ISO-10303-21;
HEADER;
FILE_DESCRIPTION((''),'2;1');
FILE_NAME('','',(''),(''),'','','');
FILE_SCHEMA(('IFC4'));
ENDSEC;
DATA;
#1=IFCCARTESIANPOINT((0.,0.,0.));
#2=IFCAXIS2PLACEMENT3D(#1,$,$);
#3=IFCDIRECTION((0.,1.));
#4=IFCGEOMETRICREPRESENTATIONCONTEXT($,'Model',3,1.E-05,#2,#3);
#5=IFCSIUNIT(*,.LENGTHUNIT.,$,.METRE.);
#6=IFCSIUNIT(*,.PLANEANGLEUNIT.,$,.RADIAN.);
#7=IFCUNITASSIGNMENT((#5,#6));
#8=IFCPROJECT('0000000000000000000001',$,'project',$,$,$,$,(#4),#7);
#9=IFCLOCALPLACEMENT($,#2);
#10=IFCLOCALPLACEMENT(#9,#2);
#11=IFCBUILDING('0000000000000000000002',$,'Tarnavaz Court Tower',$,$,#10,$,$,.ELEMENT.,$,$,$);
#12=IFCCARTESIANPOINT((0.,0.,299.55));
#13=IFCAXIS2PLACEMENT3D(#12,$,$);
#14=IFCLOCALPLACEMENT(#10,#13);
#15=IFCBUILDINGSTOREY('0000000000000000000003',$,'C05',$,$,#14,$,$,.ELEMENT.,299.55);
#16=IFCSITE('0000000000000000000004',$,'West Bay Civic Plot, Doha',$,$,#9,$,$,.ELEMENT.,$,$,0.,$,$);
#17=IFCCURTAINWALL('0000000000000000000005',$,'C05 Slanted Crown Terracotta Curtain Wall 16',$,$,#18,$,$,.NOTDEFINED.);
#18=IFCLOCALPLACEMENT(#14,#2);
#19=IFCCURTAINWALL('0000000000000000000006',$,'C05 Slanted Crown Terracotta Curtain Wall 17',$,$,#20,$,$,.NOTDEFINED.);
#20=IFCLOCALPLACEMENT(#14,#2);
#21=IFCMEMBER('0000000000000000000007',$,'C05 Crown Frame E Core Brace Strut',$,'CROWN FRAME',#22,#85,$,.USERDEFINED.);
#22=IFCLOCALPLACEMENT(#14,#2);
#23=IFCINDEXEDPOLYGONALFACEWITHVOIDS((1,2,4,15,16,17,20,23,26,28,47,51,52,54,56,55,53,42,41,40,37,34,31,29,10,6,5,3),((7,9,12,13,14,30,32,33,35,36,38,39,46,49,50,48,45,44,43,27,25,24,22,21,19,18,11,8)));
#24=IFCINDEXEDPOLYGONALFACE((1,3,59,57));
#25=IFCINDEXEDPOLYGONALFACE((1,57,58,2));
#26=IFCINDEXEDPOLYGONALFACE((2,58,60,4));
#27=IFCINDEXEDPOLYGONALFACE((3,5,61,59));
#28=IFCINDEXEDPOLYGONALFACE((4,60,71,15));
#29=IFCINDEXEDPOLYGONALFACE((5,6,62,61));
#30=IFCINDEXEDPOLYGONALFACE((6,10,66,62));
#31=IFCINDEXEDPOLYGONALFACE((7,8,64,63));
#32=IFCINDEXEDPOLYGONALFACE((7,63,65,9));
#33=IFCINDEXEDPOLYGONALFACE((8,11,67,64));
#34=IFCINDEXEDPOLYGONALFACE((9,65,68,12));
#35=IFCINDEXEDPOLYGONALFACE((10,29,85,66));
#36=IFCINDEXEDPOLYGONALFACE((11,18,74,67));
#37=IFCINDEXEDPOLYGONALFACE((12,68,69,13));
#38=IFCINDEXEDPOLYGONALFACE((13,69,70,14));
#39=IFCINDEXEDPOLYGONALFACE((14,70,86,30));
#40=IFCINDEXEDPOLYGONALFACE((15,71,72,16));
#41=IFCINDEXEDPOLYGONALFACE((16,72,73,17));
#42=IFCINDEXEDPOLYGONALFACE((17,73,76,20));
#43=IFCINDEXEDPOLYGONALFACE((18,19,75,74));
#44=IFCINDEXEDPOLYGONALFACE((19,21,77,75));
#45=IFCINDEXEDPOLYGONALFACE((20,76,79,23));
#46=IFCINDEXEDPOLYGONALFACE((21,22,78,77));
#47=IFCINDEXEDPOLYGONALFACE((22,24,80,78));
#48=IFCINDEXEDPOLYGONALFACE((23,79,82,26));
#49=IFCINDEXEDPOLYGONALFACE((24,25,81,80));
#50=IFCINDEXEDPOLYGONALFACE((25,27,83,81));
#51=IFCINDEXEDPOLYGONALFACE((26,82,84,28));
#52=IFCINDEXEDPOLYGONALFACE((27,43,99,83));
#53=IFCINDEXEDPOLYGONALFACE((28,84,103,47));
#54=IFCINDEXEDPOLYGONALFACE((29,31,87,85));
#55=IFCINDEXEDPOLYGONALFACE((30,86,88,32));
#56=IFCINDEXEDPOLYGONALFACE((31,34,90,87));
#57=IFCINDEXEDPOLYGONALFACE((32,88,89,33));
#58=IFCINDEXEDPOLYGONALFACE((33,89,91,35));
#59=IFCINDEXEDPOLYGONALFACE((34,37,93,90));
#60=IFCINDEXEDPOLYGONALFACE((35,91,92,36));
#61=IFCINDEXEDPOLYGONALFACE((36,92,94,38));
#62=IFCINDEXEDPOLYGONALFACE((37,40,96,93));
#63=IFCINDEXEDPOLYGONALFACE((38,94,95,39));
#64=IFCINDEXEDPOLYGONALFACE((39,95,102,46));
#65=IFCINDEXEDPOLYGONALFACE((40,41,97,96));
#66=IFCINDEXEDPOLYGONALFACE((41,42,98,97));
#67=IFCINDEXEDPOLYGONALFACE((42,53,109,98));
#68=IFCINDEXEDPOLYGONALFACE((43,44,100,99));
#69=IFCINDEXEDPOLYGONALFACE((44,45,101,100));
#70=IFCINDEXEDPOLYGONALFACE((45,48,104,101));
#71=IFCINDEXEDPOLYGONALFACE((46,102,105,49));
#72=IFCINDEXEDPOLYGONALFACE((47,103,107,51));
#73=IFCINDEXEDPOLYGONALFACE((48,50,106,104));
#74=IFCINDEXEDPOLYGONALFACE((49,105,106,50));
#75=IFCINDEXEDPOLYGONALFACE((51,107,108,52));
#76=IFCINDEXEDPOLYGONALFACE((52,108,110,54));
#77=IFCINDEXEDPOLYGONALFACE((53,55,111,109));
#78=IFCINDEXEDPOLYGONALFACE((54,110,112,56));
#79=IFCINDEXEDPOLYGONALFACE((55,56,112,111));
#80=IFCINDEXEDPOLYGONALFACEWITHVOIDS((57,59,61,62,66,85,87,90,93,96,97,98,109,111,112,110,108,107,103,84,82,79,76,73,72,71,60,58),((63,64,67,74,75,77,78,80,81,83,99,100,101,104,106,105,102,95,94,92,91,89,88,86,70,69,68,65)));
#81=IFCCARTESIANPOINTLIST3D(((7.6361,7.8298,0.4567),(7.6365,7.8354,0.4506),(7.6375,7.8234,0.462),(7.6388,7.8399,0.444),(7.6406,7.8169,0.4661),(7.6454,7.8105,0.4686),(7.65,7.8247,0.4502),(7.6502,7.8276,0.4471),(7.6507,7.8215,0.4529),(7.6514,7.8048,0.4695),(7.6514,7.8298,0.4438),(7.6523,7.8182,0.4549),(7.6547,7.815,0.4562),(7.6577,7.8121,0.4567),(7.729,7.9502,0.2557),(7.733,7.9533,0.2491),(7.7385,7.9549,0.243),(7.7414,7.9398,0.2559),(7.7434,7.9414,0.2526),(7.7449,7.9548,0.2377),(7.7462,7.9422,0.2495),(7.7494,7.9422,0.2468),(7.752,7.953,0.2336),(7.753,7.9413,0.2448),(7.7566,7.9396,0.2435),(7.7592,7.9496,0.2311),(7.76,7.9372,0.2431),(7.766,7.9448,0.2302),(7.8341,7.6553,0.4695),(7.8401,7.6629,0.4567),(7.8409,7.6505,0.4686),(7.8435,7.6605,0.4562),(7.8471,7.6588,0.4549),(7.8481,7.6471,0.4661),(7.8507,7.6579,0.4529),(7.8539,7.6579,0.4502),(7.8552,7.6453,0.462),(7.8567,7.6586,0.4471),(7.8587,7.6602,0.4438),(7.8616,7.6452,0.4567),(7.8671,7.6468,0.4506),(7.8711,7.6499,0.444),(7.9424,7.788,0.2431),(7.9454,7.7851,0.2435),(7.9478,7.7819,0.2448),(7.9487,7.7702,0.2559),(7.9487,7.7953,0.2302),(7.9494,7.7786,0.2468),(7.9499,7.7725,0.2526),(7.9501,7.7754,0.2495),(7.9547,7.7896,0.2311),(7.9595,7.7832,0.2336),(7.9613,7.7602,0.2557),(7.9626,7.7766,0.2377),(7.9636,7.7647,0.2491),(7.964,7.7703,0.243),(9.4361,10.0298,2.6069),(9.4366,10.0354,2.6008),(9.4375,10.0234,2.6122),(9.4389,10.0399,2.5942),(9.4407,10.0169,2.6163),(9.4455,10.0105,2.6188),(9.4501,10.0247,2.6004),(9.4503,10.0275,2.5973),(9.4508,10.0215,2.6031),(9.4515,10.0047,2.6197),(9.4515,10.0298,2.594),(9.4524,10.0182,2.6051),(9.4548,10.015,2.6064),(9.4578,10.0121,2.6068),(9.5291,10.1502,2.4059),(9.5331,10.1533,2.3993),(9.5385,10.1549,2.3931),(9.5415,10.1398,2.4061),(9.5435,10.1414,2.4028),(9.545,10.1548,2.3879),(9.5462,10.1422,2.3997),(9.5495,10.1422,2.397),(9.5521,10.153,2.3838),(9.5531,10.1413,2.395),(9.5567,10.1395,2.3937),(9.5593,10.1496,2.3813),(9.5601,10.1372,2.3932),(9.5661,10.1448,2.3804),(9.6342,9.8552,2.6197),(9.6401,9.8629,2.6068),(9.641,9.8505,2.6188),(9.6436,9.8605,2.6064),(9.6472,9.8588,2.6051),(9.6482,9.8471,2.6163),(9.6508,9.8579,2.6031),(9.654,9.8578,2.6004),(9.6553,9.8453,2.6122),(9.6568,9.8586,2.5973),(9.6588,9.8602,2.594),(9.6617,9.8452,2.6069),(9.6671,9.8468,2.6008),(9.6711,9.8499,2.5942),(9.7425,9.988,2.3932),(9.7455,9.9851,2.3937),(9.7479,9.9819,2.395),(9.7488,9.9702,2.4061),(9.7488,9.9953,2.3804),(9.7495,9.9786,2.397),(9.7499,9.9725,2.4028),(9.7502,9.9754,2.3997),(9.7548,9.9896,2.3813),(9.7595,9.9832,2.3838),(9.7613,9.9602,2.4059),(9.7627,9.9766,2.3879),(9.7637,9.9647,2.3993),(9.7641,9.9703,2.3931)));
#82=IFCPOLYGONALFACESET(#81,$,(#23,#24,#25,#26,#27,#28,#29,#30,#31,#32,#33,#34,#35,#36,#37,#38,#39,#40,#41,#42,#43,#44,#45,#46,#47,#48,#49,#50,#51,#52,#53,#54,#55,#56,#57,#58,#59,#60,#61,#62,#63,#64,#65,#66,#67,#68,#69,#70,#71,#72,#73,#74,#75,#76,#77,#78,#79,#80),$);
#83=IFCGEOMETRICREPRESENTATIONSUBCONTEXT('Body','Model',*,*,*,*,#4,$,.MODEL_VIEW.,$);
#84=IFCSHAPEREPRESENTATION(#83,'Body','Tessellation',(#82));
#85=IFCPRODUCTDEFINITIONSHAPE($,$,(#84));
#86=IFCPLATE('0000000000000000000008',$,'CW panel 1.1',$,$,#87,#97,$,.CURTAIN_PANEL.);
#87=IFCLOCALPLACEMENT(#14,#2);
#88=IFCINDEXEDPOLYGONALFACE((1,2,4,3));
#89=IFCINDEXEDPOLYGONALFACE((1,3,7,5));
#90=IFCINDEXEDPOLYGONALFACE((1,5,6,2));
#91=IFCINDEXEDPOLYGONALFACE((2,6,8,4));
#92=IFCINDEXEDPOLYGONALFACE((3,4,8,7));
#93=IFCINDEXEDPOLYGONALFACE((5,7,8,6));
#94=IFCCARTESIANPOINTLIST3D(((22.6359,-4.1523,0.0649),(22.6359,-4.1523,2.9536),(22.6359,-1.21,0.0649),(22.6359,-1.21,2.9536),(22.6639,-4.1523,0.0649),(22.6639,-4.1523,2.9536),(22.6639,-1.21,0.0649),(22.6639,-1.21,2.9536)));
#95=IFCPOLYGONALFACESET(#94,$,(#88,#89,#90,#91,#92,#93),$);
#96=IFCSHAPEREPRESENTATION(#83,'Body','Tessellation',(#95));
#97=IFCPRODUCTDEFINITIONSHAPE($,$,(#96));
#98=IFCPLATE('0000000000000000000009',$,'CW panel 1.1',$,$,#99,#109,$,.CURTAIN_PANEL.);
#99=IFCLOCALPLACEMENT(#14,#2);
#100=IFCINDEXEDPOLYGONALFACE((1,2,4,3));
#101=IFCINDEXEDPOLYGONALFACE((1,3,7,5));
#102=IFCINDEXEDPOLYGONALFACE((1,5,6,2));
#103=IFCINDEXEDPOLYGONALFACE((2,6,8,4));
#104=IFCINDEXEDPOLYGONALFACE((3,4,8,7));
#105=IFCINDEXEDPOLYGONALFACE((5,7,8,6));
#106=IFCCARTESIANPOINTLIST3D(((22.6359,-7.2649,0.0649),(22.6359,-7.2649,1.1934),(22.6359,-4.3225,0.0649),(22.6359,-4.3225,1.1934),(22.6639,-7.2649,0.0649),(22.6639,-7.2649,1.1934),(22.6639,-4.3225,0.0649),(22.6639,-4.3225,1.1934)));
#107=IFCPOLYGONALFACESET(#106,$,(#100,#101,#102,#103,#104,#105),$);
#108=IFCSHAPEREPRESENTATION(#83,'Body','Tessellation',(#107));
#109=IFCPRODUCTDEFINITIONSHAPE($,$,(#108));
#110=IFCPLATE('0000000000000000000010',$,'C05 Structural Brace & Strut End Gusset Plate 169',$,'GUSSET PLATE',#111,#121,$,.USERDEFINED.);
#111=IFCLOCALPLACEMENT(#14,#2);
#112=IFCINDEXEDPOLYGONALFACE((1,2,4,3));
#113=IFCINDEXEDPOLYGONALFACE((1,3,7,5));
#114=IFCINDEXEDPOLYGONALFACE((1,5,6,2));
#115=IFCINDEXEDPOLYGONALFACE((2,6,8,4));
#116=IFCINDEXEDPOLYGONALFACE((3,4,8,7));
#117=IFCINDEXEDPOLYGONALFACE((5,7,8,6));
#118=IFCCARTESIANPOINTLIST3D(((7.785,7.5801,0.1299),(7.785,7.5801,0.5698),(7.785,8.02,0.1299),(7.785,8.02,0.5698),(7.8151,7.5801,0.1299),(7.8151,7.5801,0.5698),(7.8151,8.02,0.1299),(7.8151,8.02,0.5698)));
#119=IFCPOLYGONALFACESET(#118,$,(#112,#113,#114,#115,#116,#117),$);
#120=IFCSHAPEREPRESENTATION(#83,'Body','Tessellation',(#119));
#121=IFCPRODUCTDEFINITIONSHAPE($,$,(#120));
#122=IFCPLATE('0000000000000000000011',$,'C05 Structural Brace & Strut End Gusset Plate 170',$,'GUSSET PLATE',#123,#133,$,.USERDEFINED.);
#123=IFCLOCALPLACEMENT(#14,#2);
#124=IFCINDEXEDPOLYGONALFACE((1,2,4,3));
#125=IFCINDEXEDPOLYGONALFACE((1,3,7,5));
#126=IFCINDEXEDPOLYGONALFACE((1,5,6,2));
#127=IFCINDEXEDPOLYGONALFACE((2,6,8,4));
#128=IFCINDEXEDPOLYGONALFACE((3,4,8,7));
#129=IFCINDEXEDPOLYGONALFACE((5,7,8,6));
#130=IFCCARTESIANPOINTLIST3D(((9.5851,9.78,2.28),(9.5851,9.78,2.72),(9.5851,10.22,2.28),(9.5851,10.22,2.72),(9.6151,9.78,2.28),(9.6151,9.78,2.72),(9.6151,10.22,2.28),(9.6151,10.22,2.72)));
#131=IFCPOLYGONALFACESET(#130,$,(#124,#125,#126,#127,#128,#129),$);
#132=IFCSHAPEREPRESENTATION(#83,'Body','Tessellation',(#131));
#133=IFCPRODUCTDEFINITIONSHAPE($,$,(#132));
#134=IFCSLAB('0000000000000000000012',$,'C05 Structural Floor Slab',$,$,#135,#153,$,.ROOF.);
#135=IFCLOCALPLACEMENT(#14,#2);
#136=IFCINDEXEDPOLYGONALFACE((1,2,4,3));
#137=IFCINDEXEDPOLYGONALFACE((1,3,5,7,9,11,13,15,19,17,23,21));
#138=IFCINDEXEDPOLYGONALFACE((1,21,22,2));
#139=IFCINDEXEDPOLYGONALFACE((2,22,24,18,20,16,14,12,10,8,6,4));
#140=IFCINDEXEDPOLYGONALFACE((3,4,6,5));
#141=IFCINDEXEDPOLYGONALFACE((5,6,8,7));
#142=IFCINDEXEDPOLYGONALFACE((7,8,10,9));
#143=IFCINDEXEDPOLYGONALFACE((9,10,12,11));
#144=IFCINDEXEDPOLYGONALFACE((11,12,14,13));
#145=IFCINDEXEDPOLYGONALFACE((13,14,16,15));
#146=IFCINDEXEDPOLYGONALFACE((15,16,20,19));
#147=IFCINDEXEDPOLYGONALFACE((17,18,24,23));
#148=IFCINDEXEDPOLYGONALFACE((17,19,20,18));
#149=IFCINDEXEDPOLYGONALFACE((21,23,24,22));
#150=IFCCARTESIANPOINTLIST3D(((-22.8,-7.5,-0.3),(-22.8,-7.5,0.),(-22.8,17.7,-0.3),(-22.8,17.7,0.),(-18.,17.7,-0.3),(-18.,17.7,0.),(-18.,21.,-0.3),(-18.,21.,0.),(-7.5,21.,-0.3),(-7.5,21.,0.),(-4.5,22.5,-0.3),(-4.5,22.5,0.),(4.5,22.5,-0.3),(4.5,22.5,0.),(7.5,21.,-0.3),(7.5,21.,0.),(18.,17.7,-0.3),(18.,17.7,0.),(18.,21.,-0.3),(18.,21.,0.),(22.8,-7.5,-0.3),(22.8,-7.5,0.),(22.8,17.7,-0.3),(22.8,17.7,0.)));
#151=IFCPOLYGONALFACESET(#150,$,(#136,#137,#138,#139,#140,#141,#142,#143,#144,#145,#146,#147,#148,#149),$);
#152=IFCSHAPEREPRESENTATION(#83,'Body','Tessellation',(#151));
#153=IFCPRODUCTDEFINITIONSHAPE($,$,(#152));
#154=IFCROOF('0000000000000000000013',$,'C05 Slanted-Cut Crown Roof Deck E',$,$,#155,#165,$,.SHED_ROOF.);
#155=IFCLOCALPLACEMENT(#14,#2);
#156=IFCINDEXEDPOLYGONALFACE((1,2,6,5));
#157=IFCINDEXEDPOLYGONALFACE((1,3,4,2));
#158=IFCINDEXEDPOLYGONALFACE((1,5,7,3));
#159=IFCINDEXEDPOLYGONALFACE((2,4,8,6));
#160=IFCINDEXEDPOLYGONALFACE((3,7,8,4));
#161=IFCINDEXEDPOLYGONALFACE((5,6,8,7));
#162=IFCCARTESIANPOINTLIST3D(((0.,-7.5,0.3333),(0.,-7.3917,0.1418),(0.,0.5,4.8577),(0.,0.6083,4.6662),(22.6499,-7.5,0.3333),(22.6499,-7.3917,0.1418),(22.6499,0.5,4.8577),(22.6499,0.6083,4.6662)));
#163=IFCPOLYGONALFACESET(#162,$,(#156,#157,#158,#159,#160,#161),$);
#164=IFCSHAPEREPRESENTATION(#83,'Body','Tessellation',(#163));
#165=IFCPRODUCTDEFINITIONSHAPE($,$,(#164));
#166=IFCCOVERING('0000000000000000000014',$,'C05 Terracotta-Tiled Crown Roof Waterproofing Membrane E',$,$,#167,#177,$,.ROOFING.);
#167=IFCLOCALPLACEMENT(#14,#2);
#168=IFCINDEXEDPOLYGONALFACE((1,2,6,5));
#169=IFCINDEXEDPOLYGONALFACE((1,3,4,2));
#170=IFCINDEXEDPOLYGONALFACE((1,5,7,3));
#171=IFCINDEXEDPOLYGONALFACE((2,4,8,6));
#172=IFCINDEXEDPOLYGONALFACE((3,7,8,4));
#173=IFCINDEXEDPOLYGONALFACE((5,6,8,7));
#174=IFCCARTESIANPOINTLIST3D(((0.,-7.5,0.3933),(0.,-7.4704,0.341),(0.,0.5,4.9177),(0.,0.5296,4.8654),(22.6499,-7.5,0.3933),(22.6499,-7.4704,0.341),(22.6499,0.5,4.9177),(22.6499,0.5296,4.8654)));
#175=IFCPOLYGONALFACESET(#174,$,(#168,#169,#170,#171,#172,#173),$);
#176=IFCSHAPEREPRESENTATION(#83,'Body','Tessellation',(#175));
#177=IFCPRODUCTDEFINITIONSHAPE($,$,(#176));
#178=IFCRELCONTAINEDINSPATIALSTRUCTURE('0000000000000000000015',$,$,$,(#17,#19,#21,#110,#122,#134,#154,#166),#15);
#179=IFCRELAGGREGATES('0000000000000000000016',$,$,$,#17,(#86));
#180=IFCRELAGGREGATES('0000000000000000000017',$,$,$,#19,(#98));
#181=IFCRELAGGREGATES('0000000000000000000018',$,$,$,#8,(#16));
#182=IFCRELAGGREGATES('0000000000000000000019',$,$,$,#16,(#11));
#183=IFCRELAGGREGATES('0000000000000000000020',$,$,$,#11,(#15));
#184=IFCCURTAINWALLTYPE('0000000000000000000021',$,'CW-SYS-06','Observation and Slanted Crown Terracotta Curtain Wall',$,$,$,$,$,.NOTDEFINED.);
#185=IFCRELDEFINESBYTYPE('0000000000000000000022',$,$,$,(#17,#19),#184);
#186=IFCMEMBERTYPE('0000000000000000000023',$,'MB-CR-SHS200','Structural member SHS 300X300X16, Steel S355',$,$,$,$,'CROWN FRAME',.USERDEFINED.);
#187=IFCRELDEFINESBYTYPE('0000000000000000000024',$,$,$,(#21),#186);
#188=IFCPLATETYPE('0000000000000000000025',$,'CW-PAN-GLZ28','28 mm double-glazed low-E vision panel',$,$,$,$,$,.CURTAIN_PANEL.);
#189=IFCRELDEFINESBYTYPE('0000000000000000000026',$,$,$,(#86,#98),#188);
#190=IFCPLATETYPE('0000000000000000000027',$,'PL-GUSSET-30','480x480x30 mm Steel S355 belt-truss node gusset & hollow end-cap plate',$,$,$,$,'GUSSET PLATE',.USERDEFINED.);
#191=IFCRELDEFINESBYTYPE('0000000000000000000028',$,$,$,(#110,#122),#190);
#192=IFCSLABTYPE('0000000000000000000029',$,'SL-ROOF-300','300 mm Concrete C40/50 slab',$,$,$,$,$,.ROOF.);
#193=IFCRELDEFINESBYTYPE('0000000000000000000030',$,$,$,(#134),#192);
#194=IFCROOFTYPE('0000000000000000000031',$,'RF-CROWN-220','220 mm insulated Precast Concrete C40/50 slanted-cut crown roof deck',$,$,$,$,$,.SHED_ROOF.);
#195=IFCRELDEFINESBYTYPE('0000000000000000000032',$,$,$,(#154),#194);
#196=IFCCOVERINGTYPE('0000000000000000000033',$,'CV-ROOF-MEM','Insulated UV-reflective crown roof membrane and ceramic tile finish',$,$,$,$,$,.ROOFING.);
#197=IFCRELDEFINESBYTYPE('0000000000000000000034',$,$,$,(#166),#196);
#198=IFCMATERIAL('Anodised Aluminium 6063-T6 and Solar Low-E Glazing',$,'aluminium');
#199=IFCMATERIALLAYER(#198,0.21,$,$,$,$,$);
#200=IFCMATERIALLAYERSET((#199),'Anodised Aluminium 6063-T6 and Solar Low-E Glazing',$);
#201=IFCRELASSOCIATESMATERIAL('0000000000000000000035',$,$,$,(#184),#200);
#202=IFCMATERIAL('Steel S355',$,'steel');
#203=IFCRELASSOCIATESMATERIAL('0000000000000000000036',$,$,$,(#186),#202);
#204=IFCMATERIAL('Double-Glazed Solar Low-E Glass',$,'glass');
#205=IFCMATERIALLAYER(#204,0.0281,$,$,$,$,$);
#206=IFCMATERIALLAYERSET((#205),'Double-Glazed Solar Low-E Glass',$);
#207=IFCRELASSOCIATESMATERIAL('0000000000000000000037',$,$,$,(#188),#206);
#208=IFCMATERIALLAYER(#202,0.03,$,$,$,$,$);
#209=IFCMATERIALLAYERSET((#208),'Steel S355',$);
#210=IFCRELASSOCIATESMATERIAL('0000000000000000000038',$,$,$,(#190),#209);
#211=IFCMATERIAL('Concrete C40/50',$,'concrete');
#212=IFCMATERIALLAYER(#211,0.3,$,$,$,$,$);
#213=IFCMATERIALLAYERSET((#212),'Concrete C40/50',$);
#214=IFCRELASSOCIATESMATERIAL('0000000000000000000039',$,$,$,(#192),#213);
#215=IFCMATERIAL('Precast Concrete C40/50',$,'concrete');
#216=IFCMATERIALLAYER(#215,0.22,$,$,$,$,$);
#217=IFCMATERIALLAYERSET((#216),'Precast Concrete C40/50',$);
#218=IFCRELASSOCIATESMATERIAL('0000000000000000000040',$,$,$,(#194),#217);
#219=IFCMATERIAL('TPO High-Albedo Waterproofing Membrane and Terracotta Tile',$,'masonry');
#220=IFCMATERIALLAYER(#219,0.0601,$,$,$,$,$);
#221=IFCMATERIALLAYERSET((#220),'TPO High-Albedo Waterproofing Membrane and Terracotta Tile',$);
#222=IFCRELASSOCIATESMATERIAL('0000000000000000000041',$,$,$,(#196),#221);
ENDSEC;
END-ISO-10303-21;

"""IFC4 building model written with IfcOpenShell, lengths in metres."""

from ifc_helpers import new_model, si_unit, direction, frame, origin, origin_2d, place, context, subcontext, project, spatial, polyline, rectangle, hollow_rectangle, outline, extrude, material, layer, layer_set, material_profile, profile_set, type_object, element, aggregate, save


model = new_model("IFC4")

# Units and contexts
model_context = context("Model", 3, precision=1e-05, world=origin(), true_north=direction((0.0, 1.0)))
body_context = subcontext(model_context, "Body", "Model", "MODEL_VIEW")
ifc_project = project(units=[si_unit("LENGTHUNIT", "METRE"), si_unit("PLANEANGLEUNIT", "RADIAN")], contexts=[model_context])

# Site, building, storey
site_placement = place(None, origin())
site = spatial("IfcSite", under=ifc_project, at=site_placement, Name="West Bay Civic Plot, Doha", CompositionType="ELEMENT", RefElevation=0.0)
building_placement = place(site_placement, origin())
building = spatial("IfcBuilding", under=site, at=building_placement, Name="Tarnavaz Court Tower", CompositionType="ELEMENT")
storey_placement = place(building_placement, frame((0.0, 0.0, 299.55)))
storey = spatial("IfcBuildingStorey", under=building, at=storey_placement, Name="C05", CompositionType="ELEMENT", Elevation=299.55)

# Shared definitions
ifc_material_1 = material(Name="Steel S355", Category="steel")

# Curtain wall
ifc_material_2 = material(Name="Anodised Aluminium 6063-T6 and Solar Low-E Glazing", Category="aluminium")
ifc_layer_1 = layer(ifc_material_2, 0.21)
ifc_layer_set_1 = layer_set([ifc_layer_1], Name="Anodised Aluminium 6063-T6 and Solar Low-E Glazing")
curtain_wall_type = type_object("IfcCurtainWallType", Name="CW-SYS-06", Description="Observation and Slanted Crown Terracotta Curtain Wall", PredefinedType="NOTDEFINED", material=ifc_layer_set_1)
curtain_wall_1_placement = place(storey_placement, origin())
curtain_wall_1 = element("IfcCurtainWall", 1, at=curtain_wall_1_placement, inside=storey, type_object=curtain_wall_type, Name="C05 Slanted Crown Terracotta Curtain Wall 16", PredefinedType="NOTDEFINED")

# Curtain wall
curtain_wall_2_placement = place(storey_placement, origin())
curtain_wall_2 = element("IfcCurtainWall", 2, at=curtain_wall_2_placement, inside=storey, type_object=curtain_wall_type, Name="C05 Slanted Crown Terracotta Curtain Wall 17", PredefinedType="NOTDEFINED")

# Member
ifc_material_profile_1 = material_profile(ifc_material_1, hollow_rectangle(XDim=0.3, YDim=0.3, WallThickness=0.0161, InnerFilletRadius=0.0161, OuterFilletRadius=0.032, at=origin_2d()), Name="SHS 300X300X16")
ifc_profile_set_1 = profile_set([ifc_material_profile_1], Name="Steel S355")
member_type_1 = type_object("IfcMemberType", Name="MB-CR-SHS200", Description="Structural member SHS 300X300X16, Steel S355", ElementType="CROWN FRAME", PredefinedType="USERDEFINED", material=ifc_profile_set_1)
member_1_placement = place(storey_placement, frame((7.8, 7.8, 0.3499), z_axis=(0.505044, 0.617246, 0.603272), x_axis=(-0.773942, 0.633256, 0.0)))
element("IfcMember", 3, at=member_1_placement, inside=storey, type_object=member_type_1, Name="C05 Crown Frame E Core Brace Strut", ObjectType="CROWN FRAME", PredefinedType="USERDEFINED", context=body_context, shape_type="SweptSolid", body=[
    extrude(hollow_rectangle(XDim=0.3, YDim=0.3, WallThickness=0.0161, InnerFilletRadius=0.0161, OuterFilletRadius=0.032, at=origin_2d()), origin(), (0.0, 0.0, 1.0), 3.5642),
])

# Plates
ifc_material_3 = material(Name="Double-Glazed Solar Low-E Glass", Category="glass")
ifc_layer_2 = layer(ifc_material_3, 0.0281)
ifc_layer_set_2 = layer_set([ifc_layer_2], Name="Double-Glazed Solar Low-E Glass")
plate_type_1 = type_object("IfcPlateType", Name="CW-PAN-GLZ28", Description="28 mm double-glazed low-E vision panel", PredefinedType="CURTAIN_PANEL", material=ifc_layer_set_2)
plate_1_placement = place(storey_placement, frame((22.6499, -2.6812, 0.0649), z_axis=(0.0, 0.0, 1.0), x_axis=(0.0, -1.0, 0.0)))
plate_1 = element("IfcPlate", 4, at=plate_1_placement, type_object=plate_type_1, Name="CW panel 1.1", PredefinedType="CURTAIN_PANEL", context=body_context, shape_type="SweptSolid", body=[
    extrude(rectangle(XDim=2.9424, YDim=0.0281, at=origin_2d()), origin(), (0.0, 0.0, 1.0), 2.8887),
])
aggregate(curtain_wall_1, [plate_1])
plate_2_placement = place(storey_placement, frame((22.6499, -5.7937, 0.0649), z_axis=(0.0, 0.0, 1.0), x_axis=(0.0, -1.0, 0.0)))
plate_2 = element("IfcPlate", 5, at=plate_2_placement, type_object=plate_type_1, Name="CW panel 1.1", PredefinedType="CURTAIN_PANEL", context=body_context, shape_type="SweptSolid", body=[
    extrude(rectangle(XDim=2.9424, YDim=0.0281, at=origin_2d()), origin(), (0.0, 0.0, 1.0), 1.1284),
])
aggregate(curtain_wall_2, [plate_2])

# Plates
ifc_layer_3 = layer(ifc_material_1, 0.03)
ifc_layer_set_3 = layer_set([ifc_layer_3], Name="Steel S355")
plate_type_2 = type_object("IfcPlateType", Name="PL-GUSSET-30", Description="480x480x30 mm Steel S355 belt-truss node gusset & hollow end-cap plate", ElementType="GUSSET PLATE", PredefinedType="USERDEFINED", material=ifc_layer_set_3)
for number, where, z_axis, x_axis, name in (
    (6, (7.8, 7.8, 0.1299), (0.0, 0.0, 1.0), (0.0, 1.0, 0.0), "C05 Structural Brace & Strut End Gusset Plate 169"),
    (7, (9.6001, 10.0, 2.28), (0.0, 0.0, 1.0), (0.0, 1.0, 0.0), "C05 Structural Brace & Strut End Gusset Plate 170"),
):
    element("IfcPlate", number, at=place(storey_placement, frame(where, z_axis=z_axis, x_axis=x_axis)), inside=storey, type_object=plate_type_2, Name=name, ObjectType="GUSSET PLATE", PredefinedType="USERDEFINED", context=body_context, shape_type="SweptSolid", body=[
        extrude(rectangle(XDim=0.4399, YDim=0.03, at=origin_2d()), origin(), (0.0, 0.0, 1.0), 0.4399),
    ])

# Slab
ifc_material_4 = material(Name="Concrete C40/50", Category="concrete")
ifc_layer_4 = layer(ifc_material_4, 0.3)
ifc_layer_set_4 = layer_set([ifc_layer_4], Name="Concrete C40/50")
slab_type = type_object("IfcSlabType", Name="SL-ROOF-300", Description="300 mm Concrete C40/50 slab", PredefinedType="ROOF", material=ifc_layer_set_4)
slab_placement = place(storey_placement, frame((0.0, 0.0, -0.3)))
element("IfcSlab", 8, at=slab_placement, inside=storey, type_object=slab_type, Name="C05 Structural Floor Slab", PredefinedType="ROOF", context=body_context, shape_type="SweptSolid", body=[
    extrude(outline(polyline([(-22.8, 17.7), (-18.0, 17.7), (-18.0, 21.0), (-7.5, 21.0), (-4.5, 22.5), (4.5, 22.5), (7.5, 21.0), (18.0, 21.0), (18.0, 17.7), (22.8, 17.7), (22.8, -7.5), (-22.8, -7.5), (-22.8, 17.7)])), origin(), (0.0, 0.0, 1.0), 0.3),
])

# Roof
ifc_material_5 = material(Name="Precast Concrete C40/50", Category="concrete")
ifc_layer_5 = layer(ifc_material_5, 0.22)
ifc_layer_set_5 = layer_set([ifc_layer_5], Name="Precast Concrete C40/50")
roof_type = type_object("IfcRoofType", Name="RF-CROWN-220", Description="220 mm insulated Precast Concrete C40/50 slanted-cut crown roof deck", PredefinedType="SHED_ROOF", material=ifc_layer_set_5)
roof_placement = place(storey_placement, frame((22.6499, -7.5, 0.3333), z_axis=(0.0, -0.492278, 0.870438), x_axis=(-1.0, 0.0, 0.0)))
element("IfcRoof", 9, at=roof_placement, inside=storey, type_object=roof_type, Name="C05 Slanted-Cut Crown Roof Deck E", PredefinedType="SHED_ROOF", context=body_context, shape_type="SweptSolid", body=[
    extrude(outline(polyline([(0.0, 0.0), (22.6499, 0.0), (22.6499, -9.1908), (0.0, -9.1908), (0.0, 0.0)])), origin(), (0.0, 0.0, -1.0), 0.22),
])

# Covering
ifc_material_6 = material(Name="TPO High-Albedo Waterproofing Membrane and Terracotta Tile", Category="masonry")
ifc_layer_6 = layer(ifc_material_6, 0.0601)
ifc_layer_set_6 = layer_set([ifc_layer_6], Name="TPO High-Albedo Waterproofing Membrane and Terracotta Tile")
covering_type = type_object("IfcCoveringType", Name="CV-ROOF-MEM", Description="Insulated UV-reflective crown roof membrane and ceramic tile finish", PredefinedType="ROOFING", material=ifc_layer_set_6)
covering_placement = place(storey_placement, frame((22.6499, -7.5, 0.3933), z_axis=(0.0, -0.492278, 0.870438), x_axis=(-1.0, 0.0, 0.0)))
element("IfcCovering", 10, at=covering_placement, inside=storey, type_object=covering_type, Name="C05 Terracotta-Tiled Crown Roof Waterproofing Membrane E", PredefinedType="ROOFING", context=body_context, shape_type="SweptSolid", body=[
    extrude(outline(polyline([(0.0, 0.0), (22.6499, 0.0), (22.6499, -9.1908), (0.0, -9.1908), (0.0, 0.0)])), origin(), (0.0, 0.0, -1.0), 0.0601),
])

save(model, "model.ifc")
